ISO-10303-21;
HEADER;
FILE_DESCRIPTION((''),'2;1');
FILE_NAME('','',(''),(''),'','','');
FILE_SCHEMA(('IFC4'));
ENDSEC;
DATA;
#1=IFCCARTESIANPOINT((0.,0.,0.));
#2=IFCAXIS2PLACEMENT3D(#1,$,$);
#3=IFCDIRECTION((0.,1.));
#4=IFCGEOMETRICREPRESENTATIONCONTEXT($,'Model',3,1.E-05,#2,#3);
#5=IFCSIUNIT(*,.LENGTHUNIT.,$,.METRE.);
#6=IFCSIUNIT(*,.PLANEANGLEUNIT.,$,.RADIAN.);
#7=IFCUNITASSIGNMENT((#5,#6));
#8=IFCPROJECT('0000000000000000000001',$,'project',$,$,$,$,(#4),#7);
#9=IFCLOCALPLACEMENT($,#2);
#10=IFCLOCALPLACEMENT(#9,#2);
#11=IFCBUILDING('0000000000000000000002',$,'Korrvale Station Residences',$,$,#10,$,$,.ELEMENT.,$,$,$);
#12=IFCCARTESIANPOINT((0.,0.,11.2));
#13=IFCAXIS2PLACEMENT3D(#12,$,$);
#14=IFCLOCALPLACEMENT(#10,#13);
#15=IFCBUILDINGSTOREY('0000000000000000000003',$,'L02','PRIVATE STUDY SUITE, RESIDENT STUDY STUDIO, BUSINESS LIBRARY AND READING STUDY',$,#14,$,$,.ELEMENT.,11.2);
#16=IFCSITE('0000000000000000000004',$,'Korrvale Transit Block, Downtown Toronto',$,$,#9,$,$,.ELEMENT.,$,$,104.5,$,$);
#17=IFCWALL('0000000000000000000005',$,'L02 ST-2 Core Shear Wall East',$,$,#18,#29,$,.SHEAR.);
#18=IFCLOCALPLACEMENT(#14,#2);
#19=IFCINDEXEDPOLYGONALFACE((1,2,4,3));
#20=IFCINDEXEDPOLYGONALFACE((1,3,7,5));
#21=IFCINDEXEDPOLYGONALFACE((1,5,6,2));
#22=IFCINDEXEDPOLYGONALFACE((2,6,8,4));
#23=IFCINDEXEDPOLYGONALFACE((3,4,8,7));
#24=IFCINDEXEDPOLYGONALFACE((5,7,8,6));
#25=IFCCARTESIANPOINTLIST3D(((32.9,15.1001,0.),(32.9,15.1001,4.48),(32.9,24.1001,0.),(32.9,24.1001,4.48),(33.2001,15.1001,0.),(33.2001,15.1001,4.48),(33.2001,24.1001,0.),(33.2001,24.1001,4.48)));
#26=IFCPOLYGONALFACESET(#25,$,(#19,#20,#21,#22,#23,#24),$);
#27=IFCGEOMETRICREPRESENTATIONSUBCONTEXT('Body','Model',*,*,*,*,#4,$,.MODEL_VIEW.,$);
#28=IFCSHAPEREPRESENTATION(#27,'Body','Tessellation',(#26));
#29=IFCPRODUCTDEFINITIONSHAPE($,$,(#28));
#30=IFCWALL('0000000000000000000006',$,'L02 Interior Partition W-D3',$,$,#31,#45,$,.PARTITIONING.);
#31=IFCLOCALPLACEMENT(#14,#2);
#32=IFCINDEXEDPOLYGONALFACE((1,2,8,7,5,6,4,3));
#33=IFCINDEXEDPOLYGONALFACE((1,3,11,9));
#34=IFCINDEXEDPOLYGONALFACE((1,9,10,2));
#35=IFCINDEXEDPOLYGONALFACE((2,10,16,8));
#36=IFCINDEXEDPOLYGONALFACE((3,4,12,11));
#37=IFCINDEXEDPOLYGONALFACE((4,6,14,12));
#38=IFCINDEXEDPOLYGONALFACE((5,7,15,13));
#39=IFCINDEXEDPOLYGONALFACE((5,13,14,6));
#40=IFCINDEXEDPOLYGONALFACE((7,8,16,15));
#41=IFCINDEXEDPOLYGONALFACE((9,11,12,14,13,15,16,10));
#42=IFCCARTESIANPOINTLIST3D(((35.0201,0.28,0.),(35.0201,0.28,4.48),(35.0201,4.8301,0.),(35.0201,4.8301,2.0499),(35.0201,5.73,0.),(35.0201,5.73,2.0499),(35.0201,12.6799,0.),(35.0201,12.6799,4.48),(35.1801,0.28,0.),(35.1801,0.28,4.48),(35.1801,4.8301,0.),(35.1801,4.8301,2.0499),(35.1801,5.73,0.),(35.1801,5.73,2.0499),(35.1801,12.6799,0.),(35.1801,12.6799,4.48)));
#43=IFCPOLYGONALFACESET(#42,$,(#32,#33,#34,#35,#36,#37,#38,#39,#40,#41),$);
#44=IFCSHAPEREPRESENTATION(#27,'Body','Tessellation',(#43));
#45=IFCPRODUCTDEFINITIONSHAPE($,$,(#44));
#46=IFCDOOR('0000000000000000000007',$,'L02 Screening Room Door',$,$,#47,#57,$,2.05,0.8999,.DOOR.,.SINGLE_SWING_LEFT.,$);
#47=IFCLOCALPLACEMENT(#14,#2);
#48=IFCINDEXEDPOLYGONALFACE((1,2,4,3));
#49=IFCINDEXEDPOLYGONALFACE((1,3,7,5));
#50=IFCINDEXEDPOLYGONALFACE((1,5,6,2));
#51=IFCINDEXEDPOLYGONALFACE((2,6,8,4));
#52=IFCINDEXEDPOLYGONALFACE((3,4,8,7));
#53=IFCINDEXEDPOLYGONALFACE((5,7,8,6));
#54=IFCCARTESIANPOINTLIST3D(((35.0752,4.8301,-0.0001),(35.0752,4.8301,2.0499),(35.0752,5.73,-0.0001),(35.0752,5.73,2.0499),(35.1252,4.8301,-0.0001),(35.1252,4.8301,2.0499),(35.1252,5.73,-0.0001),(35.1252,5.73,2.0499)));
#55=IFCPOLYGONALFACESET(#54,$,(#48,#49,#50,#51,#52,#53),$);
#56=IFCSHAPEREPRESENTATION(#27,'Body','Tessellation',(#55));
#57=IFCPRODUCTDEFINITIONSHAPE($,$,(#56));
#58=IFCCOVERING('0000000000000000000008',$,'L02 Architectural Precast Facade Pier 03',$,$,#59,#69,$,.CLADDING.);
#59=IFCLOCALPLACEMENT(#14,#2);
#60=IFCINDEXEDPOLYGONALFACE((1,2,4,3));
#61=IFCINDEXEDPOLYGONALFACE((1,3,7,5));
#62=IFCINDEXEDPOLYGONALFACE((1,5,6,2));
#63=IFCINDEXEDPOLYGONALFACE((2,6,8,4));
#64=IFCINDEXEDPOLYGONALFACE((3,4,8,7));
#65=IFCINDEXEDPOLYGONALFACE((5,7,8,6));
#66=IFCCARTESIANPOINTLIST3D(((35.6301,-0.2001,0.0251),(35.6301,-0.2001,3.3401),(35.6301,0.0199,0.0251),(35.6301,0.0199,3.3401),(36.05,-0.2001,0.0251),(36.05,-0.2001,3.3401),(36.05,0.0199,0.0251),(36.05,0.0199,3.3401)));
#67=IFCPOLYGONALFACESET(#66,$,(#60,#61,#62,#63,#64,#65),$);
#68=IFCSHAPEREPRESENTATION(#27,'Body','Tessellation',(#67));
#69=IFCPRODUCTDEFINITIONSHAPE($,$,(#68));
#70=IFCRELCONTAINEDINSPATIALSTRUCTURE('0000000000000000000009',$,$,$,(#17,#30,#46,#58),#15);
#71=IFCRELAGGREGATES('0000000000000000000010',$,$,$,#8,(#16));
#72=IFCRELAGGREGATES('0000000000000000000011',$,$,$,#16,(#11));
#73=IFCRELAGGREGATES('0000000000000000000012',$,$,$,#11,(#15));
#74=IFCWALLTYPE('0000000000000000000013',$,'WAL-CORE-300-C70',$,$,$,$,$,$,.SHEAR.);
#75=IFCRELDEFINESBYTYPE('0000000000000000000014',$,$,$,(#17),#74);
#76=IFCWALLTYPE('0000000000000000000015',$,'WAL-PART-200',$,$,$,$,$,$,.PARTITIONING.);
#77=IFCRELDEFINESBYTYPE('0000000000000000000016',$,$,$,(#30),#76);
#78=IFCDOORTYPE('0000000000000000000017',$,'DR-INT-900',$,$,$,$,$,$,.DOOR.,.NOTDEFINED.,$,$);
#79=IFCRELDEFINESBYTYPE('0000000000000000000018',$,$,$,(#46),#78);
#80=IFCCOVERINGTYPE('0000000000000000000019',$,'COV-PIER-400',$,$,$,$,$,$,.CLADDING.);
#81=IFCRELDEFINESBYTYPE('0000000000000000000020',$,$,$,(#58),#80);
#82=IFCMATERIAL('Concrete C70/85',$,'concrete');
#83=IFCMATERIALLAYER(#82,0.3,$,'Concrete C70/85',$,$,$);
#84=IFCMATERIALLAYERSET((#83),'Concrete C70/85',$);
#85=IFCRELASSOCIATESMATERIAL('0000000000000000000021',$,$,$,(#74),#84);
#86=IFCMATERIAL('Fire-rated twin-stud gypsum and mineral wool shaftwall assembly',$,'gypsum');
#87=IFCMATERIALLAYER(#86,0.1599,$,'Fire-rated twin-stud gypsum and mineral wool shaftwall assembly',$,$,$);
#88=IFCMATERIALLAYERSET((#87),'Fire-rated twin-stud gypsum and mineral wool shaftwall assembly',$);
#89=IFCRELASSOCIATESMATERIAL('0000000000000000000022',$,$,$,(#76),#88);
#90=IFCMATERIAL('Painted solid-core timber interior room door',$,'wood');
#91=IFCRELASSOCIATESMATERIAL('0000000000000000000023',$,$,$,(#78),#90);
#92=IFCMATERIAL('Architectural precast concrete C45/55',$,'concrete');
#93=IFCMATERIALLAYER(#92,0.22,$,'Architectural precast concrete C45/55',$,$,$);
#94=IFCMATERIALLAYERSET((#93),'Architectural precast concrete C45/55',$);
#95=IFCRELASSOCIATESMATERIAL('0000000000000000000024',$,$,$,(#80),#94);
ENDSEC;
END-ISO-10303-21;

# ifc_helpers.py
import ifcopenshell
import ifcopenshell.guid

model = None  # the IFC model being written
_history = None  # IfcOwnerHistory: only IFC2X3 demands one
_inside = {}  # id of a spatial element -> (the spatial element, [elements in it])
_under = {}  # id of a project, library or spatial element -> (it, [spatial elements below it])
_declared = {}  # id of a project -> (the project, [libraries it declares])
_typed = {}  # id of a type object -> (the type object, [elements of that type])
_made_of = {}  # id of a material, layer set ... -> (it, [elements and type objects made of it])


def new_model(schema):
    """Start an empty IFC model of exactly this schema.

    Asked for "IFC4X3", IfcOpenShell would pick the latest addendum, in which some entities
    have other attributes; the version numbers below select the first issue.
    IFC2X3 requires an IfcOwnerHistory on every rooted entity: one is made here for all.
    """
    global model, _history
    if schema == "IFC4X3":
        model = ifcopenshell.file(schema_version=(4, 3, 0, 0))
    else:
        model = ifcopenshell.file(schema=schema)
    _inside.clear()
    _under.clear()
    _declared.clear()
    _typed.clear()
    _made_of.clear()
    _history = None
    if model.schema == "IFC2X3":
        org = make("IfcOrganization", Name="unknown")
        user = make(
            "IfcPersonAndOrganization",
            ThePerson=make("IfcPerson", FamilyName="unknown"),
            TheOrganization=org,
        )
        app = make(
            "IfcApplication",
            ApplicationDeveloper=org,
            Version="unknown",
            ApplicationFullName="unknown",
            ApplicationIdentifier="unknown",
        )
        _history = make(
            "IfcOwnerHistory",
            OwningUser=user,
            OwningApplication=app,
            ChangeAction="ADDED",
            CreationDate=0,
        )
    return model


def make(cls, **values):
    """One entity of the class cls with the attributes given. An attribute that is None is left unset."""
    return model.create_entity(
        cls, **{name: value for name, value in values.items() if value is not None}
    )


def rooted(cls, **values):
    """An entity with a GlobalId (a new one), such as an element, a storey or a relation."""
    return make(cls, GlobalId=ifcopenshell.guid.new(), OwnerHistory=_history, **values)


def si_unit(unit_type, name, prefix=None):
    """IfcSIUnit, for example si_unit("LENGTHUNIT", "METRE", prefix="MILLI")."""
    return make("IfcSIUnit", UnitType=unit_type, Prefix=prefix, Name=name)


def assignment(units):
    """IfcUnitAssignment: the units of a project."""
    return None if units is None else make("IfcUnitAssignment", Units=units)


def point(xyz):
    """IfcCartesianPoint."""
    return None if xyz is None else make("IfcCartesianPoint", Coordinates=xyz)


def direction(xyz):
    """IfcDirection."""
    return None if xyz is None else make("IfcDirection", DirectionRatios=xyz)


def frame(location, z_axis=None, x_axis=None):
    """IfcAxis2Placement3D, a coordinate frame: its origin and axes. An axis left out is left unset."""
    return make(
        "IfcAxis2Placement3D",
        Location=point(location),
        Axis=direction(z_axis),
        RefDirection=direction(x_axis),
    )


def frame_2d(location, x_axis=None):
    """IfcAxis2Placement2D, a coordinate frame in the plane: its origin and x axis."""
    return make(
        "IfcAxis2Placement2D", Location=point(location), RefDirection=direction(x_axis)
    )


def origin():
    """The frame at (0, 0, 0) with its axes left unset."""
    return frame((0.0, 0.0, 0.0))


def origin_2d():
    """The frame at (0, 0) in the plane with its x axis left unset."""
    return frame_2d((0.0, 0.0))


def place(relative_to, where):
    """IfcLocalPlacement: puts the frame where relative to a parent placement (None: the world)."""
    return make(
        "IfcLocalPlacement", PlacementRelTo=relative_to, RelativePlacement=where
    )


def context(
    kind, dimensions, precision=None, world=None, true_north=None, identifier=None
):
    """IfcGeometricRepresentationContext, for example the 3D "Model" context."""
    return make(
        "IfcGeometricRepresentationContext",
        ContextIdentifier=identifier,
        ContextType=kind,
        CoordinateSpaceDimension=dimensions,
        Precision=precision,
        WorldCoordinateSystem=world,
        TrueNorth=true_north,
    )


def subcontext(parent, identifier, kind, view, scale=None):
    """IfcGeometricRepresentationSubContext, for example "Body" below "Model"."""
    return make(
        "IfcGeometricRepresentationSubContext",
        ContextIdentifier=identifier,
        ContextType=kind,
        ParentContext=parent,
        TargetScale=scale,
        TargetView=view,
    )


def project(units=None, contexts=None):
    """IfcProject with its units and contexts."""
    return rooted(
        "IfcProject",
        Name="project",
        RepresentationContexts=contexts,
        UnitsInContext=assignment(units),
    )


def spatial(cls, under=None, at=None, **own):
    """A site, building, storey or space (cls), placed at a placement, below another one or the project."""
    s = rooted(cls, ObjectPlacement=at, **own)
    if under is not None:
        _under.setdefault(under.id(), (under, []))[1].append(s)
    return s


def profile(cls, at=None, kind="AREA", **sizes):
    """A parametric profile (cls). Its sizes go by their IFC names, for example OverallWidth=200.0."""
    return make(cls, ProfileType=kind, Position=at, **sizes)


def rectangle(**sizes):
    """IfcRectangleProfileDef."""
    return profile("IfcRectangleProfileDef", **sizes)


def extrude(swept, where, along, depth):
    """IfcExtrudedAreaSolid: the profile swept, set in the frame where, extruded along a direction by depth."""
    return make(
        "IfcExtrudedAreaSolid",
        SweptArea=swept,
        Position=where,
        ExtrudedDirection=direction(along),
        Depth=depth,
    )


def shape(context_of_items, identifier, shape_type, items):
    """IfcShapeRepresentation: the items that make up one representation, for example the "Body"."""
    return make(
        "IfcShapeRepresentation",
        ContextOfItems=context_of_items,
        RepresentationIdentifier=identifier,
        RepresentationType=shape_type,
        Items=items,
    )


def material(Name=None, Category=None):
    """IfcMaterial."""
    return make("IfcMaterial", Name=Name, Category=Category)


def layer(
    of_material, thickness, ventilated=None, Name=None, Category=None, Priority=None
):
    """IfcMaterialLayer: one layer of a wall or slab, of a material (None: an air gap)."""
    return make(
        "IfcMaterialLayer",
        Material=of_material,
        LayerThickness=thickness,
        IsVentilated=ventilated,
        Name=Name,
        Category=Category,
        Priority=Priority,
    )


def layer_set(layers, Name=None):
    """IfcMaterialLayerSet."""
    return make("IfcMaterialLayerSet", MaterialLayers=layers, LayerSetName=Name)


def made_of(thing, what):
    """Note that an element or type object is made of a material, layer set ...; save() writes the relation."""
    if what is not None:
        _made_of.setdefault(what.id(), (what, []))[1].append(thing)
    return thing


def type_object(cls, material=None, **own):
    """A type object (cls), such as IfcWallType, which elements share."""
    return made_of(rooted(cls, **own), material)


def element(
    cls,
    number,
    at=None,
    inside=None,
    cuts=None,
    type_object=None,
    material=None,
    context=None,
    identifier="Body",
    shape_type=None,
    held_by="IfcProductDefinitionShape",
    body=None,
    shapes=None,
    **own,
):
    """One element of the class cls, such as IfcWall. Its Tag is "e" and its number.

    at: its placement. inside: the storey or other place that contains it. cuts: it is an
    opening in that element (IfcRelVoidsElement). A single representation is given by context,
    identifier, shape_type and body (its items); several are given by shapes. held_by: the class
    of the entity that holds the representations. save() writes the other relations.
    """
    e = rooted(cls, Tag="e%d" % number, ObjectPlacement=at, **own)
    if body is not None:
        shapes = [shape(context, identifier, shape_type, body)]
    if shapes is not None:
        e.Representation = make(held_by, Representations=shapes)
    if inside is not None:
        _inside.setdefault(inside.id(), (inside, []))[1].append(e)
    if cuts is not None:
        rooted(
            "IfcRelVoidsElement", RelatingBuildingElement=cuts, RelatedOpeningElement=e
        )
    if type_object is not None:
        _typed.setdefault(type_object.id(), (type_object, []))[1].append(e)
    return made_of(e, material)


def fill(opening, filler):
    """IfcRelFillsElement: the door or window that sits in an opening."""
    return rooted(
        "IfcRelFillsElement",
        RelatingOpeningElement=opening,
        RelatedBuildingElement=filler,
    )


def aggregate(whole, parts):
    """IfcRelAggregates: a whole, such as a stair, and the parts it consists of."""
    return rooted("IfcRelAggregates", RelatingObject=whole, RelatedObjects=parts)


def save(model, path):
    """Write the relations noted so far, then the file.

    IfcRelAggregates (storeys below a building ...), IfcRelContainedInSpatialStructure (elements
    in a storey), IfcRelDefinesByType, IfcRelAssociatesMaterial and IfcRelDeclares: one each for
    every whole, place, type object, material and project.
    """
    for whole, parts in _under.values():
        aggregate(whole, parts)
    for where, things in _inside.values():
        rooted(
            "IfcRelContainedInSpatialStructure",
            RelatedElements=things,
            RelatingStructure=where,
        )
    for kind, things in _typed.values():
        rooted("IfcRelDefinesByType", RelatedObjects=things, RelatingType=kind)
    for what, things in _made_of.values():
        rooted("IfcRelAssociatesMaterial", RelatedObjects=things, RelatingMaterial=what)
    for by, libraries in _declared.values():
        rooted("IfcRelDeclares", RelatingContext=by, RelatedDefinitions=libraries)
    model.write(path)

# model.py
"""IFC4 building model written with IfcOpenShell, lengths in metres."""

from ifc_helpers import new_model, si_unit, direction, frame, frame_2d, origin, origin_2d, place, context, subcontext, project, spatial, rectangle, extrude, material, layer, layer_set, type_object, element, fill, save


model = new_model("IFC4")

# Units and contexts
model_context = context("Model", 3, precision=1e-05, world=origin(), true_north=direction((0.0, 1.0)))
body_context = subcontext(model_context, "Body", "Model", "MODEL_VIEW")
ifc_project = project(units=[si_unit("LENGTHUNIT", "METRE"), si_unit("PLANEANGLEUNIT", "RADIAN")], contexts=[model_context])

# Site, building, storey
site_placement = place(None, origin())
site = spatial("IfcSite", under=ifc_project, at=site_placement, Name="Korrvale Transit Block, Downtown Toronto", CompositionType="ELEMENT", RefElevation=104.5)
building_placement = place(site_placement, origin())
building = spatial("IfcBuilding", under=site, at=building_placement, Name="Korrvale Station Residences", CompositionType="ELEMENT")
storey_placement = place(building_placement, frame((0.0, 0.0, 11.2)))
storey = spatial("IfcBuildingStorey", under=building, at=storey_placement, Name="L02", Description="PRIVATE STUDY SUITE, RESIDENT STUDY STUDIO, BUSINESS LIBRARY AND READING STUDY", CompositionType="ELEMENT", Elevation=11.2)

# Shared definitions
ifc_material_1 = material(Name="Concrete C70/85", Category="concrete")

# Wall
ifc_layer_1 = layer(ifc_material_1, 0.3, Name="Concrete C70/85")
ifc_layer_set_1 = layer_set([ifc_layer_1], Name="Concrete C70/85")
wall_type_1 = type_object("IfcWallType", Name="WAL-CORE-300-C70", PredefinedType="SHEAR", material=ifc_layer_set_1)
wall_1_placement = place(storey_placement, frame((33.05, 15.1001, 0.0), z_axis=(0.0, 0.0, 1.0), x_axis=(0.0, 1.0, 0.0)))
element("IfcWall", 1, at=wall_1_placement, inside=storey, type_object=wall_type_1, Name="L02 ST-2 Core Shear Wall East", PredefinedType="SHEAR", context=body_context, shape_type="SweptSolid", body=[
    extrude(rectangle(XDim=9.0, YDim=0.3, at=frame_2d((4.5, 0.0))), origin(), (0.0, 0.0, 1.0), 4.48),
])

# Wall, opening, door
ifc_material_2 = material(Name="Fire-rated twin-stud gypsum and mineral wool shaftwall assembly", Category="gypsum")
ifc_layer_2 = layer(ifc_material_2, 0.1599, Name="Fire-rated twin-stud gypsum and mineral wool shaftwall assembly")
ifc_layer_set_2 = layer_set([ifc_layer_2], Name="Fire-rated twin-stud gypsum and mineral wool shaftwall assembly")
wall_type_2 = type_object("IfcWallType", Name="WAL-PART-200", PredefinedType="PARTITIONING", material=ifc_layer_set_2)
wall_2_placement = place(storey_placement, frame((35.1001, 0.28, 0.0), z_axis=(0.0, 0.0, 1.0), x_axis=(0.0, 1.0, 0.0)))
wall_2 = element("IfcWall", 2, at=wall_2_placement, inside=storey, type_object=wall_type_2, Name="L02 Interior Partition W-D3", PredefinedType="PARTITIONING", context=body_context, shape_type="SweptSolid", body=[
    extrude(rectangle(XDim=12.3999, YDim=0.1599, at=frame_2d((6.2, 0.0))), origin(), (0.0, 0.0, 1.0), 4.48),
])
opening_placement = place(wall_2_placement, frame((4.55, 0.0, 0.0)))
opening = element("IfcOpeningElement", 3, at=opening_placement, cuts=wall_2, PredefinedType="OPENING", context=body_context, shape_type="SweptSolid", body=[
    extrude(rectangle(XDim=0.8999, YDim=2.05, at=frame_2d((0.45, 1.0249))), frame((0.0, 0.0898, 0.0), z_axis=(0.0, -1.0, 0.0), x_axis=(1.0, 0.0, 0.0)), (0.0, 0.0, 1.0), 0.1799),
])
ifc_material_3 = material(Name="Painted solid-core timber interior room door", Category="wood")
door_type = type_object("IfcDoorType", Name="DR-INT-900", OperationType="NOTDEFINED", PredefinedType="DOOR", material=ifc_material_3)
door_placement = place(opening_placement, origin())
door = element("IfcDoor", 4, at=door_placement, inside=storey, type_object=door_type, Name="L02 Screening Room Door", OperationType="SINGLE_SWING_LEFT", OverallHeight=2.05, OverallWidth=0.8999, PredefinedType="DOOR", context=body_context, shape_type="SweptSolid", body=[
    extrude(rectangle(XDim=0.8999, YDim=2.05, at=frame_2d((0.45, 1.0249))), frame((0.0, 0.0249, 0.0), z_axis=(0.0, -1.0, 0.0), x_axis=(1.0, 0.0, 0.0)), (0.0, 0.0, 1.0), 0.05),
])
fill(opening, door)

# Covering
ifc_material_4 = material(Name="Architectural precast concrete C45/55", Category="concrete")
ifc_layer_3 = layer(ifc_material_4, 0.22, Name="Architectural precast concrete C45/55")
ifc_layer_set_3 = layer_set([ifc_layer_3], Name="Architectural precast concrete C45/55")
covering_type = type_object("IfcCoveringType", Name="COV-PIER-400", PredefinedType="CLADDING", material=ifc_layer_set_3)
covering_placement = place(storey_placement, frame((35.8401, -0.0901, 0.0251), z_axis=(0.0, 0.0, 1.0), x_axis=(1.0, 0.0, 0.0)))
element("IfcCovering", 5, at=covering_placement, inside=storey, type_object=covering_type, Name="L02 Architectural Precast Facade Pier 03", PredefinedType="CLADDING", context=body_context, shape_type="SweptSolid", body=[
    extrude(rectangle(XDim=0.4199, YDim=0.22, at=origin_2d()), origin(), (0.0, 0.0, 1.0), 3.3149),
])

save(model, "model.ifc")
